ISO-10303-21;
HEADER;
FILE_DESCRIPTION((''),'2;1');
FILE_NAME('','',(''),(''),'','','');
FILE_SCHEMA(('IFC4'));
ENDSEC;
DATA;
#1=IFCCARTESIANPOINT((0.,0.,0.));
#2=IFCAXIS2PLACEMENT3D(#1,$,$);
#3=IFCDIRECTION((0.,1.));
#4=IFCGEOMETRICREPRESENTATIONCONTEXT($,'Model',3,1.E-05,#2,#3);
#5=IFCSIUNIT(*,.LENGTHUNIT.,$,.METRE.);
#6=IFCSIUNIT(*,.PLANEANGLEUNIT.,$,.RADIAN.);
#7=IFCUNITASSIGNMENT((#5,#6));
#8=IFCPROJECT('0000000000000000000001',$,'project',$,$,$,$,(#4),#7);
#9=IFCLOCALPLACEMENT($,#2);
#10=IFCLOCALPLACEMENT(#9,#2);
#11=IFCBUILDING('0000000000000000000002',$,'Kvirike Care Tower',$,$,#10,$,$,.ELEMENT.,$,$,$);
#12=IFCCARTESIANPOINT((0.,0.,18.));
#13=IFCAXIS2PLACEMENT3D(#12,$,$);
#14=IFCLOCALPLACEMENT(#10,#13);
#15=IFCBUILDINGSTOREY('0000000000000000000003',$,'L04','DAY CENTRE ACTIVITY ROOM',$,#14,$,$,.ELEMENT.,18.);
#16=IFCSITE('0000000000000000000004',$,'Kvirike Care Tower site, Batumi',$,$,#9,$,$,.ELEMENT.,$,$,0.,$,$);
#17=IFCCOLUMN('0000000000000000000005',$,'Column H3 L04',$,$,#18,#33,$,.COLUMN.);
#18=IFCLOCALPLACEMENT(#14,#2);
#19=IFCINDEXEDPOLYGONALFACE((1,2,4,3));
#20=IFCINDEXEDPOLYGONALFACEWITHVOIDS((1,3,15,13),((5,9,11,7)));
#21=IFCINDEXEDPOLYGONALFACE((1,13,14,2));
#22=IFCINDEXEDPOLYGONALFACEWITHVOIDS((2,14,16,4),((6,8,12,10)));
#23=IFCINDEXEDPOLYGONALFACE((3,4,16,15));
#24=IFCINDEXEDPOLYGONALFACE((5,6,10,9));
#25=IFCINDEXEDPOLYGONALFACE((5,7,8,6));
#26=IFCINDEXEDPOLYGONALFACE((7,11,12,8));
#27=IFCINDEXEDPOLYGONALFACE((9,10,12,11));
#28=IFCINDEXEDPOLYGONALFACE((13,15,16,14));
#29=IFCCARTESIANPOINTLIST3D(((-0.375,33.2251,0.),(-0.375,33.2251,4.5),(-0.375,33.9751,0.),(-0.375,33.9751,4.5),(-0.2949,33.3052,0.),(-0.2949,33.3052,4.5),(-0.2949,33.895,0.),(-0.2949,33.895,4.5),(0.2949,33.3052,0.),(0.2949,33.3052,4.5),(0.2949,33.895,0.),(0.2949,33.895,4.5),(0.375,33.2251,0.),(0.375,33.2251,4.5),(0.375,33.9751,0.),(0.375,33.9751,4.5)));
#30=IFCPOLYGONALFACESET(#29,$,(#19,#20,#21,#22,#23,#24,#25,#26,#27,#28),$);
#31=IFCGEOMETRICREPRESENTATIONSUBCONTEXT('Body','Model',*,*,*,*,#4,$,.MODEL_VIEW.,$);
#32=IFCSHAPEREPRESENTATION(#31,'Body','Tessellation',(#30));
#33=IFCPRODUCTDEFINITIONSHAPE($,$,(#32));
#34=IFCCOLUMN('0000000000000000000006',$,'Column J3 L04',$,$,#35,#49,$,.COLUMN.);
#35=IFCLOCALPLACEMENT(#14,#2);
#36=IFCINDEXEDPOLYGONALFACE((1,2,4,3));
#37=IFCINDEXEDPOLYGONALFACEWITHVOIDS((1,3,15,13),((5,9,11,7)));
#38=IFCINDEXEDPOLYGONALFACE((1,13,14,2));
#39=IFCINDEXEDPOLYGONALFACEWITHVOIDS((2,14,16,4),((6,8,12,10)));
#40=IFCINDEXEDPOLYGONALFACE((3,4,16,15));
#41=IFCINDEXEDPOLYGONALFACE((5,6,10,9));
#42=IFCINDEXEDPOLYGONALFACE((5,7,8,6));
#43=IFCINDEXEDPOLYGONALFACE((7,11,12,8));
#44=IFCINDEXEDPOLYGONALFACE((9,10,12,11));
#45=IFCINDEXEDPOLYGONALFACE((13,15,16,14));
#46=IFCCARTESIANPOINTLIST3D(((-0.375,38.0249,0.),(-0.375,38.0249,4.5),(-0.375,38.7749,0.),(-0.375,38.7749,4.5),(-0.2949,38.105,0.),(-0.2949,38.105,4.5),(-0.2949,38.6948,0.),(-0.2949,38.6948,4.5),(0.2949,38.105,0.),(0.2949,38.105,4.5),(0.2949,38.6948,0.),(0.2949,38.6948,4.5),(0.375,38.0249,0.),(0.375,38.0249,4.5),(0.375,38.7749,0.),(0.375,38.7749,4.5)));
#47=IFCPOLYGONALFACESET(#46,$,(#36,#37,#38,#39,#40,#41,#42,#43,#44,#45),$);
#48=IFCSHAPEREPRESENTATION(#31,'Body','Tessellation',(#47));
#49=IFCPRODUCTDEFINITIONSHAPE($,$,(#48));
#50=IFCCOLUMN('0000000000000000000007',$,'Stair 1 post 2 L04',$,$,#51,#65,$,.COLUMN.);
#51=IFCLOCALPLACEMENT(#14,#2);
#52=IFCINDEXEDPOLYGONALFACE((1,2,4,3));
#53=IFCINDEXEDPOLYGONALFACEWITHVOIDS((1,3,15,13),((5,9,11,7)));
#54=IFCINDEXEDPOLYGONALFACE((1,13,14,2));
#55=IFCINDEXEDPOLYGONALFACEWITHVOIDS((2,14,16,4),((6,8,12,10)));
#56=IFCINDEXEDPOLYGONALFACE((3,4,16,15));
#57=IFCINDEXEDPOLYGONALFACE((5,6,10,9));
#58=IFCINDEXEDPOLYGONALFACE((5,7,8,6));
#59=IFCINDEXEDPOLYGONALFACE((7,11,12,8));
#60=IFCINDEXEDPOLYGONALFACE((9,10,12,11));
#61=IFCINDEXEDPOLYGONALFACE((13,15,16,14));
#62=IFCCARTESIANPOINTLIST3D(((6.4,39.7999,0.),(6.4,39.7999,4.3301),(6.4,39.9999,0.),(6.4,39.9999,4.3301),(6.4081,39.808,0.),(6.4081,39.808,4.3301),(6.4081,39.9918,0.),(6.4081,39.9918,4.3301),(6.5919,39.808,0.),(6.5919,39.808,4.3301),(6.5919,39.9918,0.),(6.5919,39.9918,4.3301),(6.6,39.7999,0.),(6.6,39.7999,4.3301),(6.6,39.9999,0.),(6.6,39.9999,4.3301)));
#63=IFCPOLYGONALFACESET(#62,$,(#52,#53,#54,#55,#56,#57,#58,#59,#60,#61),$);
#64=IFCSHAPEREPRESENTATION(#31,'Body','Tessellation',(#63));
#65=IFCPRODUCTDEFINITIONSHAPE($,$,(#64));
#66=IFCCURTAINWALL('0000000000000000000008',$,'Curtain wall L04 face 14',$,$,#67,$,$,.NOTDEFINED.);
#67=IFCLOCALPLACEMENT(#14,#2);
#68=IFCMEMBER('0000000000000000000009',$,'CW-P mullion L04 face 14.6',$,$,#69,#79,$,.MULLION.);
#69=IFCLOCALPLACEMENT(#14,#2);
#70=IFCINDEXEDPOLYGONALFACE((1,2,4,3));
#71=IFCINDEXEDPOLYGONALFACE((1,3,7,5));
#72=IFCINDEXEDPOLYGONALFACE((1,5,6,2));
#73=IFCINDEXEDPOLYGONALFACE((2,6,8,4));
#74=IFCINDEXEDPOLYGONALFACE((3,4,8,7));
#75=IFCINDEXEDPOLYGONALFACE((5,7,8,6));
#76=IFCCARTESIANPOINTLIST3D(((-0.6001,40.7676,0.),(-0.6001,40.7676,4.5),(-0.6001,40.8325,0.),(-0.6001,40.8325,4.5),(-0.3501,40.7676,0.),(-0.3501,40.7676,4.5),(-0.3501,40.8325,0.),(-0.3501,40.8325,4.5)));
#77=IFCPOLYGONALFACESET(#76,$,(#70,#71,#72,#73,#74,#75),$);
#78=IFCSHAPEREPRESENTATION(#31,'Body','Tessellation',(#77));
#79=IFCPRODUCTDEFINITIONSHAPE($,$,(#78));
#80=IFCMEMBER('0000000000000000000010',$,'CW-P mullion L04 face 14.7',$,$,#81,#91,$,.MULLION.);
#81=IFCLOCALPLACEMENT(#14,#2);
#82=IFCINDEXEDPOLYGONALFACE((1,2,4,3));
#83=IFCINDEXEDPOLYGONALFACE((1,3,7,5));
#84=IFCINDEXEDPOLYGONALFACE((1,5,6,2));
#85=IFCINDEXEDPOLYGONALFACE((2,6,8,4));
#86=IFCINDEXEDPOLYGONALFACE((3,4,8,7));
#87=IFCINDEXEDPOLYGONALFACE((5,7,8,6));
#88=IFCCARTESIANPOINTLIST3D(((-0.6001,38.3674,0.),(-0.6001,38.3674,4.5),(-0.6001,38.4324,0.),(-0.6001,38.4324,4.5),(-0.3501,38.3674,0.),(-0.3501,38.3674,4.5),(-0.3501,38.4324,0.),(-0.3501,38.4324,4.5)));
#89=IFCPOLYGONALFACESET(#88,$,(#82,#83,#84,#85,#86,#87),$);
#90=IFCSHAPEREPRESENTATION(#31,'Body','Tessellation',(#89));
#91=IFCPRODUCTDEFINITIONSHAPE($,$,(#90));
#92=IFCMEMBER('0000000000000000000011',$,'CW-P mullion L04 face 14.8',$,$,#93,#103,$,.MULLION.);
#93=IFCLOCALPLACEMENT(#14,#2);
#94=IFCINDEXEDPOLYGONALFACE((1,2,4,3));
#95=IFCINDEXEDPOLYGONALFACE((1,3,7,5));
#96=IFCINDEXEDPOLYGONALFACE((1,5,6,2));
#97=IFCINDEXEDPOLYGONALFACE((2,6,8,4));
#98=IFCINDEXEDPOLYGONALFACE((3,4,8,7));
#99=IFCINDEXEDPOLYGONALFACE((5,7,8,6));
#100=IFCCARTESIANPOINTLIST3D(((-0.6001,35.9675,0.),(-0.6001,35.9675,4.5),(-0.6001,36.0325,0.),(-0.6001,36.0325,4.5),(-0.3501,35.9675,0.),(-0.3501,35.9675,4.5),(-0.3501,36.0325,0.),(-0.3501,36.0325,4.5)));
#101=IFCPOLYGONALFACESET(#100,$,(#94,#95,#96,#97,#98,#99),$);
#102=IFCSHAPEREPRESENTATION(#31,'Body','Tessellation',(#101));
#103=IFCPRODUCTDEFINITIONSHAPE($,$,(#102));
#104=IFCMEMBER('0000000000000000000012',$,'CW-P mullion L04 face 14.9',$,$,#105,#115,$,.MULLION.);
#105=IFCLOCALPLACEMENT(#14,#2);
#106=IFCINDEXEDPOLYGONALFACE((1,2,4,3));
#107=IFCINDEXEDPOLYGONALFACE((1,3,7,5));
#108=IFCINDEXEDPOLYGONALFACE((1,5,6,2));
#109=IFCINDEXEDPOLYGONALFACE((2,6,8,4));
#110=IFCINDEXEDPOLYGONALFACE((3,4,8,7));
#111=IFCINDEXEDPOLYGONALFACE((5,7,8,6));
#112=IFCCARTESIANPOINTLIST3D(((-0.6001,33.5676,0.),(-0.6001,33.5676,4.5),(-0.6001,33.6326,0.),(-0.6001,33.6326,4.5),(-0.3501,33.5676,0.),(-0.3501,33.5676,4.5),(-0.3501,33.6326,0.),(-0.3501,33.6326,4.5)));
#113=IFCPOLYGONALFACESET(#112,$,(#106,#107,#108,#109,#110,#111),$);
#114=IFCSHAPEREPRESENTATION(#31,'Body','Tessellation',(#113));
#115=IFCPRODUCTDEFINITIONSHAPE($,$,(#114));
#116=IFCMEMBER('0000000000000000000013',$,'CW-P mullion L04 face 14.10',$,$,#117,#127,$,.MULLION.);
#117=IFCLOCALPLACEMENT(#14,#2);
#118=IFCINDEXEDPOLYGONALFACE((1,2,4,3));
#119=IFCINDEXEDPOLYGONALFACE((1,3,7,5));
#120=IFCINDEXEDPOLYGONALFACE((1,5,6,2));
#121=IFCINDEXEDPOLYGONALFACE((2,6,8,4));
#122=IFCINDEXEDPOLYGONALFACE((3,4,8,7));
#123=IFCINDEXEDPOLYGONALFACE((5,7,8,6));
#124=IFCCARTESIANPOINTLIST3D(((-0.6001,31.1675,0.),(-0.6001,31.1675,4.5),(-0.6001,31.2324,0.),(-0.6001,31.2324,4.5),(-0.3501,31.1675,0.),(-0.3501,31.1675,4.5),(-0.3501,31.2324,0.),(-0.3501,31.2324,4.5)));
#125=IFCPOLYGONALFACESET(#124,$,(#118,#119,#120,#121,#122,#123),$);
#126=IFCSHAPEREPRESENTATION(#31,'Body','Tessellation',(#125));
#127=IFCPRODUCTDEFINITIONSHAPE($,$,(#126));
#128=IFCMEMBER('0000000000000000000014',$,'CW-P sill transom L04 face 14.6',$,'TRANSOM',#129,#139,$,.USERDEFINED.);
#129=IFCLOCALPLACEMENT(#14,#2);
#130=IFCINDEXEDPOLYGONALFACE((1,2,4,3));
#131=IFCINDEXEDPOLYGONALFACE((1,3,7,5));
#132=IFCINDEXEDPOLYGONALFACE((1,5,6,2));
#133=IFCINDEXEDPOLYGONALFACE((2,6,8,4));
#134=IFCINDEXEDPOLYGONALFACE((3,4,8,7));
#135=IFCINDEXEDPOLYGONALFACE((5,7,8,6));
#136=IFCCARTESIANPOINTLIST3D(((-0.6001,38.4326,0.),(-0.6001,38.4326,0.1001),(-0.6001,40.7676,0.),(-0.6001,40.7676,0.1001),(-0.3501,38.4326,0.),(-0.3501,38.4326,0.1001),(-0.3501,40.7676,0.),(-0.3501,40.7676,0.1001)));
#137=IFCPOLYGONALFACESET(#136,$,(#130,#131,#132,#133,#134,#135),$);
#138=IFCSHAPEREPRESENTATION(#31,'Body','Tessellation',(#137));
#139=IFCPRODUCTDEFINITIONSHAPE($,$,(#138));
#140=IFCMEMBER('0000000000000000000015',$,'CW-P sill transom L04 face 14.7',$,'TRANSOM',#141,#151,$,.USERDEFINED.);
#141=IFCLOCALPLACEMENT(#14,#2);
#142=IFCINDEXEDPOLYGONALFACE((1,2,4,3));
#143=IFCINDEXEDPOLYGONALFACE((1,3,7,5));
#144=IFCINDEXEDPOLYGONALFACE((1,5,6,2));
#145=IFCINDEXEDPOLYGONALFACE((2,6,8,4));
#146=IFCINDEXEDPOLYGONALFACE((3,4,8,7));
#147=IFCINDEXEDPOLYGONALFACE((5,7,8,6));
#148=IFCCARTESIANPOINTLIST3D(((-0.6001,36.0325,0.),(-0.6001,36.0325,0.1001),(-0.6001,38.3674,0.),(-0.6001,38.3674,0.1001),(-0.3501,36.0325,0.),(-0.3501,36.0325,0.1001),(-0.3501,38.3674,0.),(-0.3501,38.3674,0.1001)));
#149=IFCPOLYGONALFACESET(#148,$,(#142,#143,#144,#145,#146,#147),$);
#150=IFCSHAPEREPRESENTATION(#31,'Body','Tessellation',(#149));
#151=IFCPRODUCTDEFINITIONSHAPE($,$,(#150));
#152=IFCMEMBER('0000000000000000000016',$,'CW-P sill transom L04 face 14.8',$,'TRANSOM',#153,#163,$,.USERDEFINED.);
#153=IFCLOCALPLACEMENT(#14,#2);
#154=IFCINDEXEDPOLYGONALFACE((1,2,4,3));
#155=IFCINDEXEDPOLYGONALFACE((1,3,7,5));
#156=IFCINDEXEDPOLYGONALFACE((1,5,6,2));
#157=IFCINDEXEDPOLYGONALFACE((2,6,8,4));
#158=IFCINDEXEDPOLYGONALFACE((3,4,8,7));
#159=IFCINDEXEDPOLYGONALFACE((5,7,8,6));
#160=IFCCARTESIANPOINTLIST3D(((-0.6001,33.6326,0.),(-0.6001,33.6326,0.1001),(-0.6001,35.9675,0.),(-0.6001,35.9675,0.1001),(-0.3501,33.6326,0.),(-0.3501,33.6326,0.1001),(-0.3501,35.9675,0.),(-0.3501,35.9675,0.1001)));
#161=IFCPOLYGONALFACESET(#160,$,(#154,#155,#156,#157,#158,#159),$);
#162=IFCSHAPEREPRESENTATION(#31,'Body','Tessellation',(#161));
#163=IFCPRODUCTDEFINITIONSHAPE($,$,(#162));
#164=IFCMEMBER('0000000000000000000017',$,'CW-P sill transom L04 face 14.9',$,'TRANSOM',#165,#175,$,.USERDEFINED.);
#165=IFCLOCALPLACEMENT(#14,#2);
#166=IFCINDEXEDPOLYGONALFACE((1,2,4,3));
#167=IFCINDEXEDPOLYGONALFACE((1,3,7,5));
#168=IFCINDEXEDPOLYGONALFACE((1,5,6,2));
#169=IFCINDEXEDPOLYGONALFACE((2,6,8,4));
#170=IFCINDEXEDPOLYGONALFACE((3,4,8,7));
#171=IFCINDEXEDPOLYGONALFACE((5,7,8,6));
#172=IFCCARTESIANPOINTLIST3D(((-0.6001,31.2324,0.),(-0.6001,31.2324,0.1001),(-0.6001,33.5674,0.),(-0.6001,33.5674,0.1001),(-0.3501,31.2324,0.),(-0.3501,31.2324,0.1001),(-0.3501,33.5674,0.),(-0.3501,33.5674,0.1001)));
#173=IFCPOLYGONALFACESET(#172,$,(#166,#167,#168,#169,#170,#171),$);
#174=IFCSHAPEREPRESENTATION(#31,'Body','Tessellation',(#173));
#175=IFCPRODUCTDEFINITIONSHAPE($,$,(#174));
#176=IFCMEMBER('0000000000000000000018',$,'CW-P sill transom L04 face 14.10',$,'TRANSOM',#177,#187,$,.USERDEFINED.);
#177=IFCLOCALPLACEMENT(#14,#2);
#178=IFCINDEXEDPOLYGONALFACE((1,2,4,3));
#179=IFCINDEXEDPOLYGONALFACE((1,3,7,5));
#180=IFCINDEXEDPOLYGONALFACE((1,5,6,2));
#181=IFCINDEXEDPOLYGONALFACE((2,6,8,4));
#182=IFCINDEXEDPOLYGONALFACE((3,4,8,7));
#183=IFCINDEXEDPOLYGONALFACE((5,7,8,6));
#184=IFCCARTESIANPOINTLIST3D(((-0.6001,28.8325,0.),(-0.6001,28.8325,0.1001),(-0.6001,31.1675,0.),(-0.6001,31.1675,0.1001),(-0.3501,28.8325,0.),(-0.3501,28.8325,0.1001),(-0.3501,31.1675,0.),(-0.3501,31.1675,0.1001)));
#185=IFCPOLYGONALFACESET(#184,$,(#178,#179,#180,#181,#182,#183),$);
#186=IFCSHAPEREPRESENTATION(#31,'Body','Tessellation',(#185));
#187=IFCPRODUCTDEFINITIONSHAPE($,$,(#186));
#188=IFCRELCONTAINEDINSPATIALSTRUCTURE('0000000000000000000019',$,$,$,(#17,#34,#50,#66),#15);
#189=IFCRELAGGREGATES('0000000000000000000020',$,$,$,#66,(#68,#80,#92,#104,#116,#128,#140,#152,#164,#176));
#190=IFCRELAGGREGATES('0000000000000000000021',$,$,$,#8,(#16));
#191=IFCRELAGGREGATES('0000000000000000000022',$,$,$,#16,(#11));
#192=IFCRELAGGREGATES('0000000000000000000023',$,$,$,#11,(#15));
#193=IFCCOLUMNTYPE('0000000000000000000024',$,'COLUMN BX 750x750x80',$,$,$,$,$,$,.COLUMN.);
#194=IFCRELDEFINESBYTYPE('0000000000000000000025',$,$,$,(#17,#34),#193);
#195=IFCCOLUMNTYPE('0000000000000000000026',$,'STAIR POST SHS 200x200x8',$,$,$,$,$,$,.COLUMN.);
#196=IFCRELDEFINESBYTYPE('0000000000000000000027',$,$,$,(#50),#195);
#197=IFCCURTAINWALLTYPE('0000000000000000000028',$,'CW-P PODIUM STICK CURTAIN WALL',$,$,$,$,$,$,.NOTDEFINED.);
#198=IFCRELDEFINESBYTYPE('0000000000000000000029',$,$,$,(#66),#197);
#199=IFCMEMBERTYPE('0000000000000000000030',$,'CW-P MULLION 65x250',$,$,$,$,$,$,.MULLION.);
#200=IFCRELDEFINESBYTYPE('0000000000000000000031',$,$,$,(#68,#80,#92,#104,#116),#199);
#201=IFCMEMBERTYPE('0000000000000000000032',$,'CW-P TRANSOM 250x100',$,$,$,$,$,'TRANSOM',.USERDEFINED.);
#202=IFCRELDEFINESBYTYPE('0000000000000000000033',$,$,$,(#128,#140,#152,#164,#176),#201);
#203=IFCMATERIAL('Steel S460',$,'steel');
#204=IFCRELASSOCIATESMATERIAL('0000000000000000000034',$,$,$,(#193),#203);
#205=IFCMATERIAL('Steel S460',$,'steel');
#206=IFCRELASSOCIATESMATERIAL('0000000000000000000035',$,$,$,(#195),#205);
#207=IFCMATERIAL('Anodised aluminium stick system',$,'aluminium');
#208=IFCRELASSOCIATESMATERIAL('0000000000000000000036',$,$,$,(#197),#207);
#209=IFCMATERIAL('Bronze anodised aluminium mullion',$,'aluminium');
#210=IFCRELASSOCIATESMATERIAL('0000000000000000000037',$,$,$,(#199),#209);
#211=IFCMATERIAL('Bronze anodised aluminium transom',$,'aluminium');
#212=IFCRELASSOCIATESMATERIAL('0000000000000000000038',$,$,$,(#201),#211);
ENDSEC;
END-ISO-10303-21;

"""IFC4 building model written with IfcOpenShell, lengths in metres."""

from ifc_helpers import new_model, si_unit, direction, frame, origin, origin_2d, place, context, subcontext, project, spatial, rectangle, hollow_rectangle, extrude, material, material_profile, profile_set, type_object, element, aggregate, save


model = new_model("IFC4")

# Units and contexts
model_context = context("Model", 3, precision=1e-05, world=origin(), true_north=direction((0.0, 1.0)))
body_context = subcontext(model_context, "Body", "Model", "MODEL_VIEW")
ifc_project = project(units=[si_unit("LENGTHUNIT", "METRE"), si_unit("PLANEANGLEUNIT", "RADIAN")], contexts=[model_context])

# Site, building, storey
site_placement = place(None, origin())
site = spatial("IfcSite", under=ifc_project, at=site_placement, Name="Kvirike Care Tower site, Batumi", CompositionType="ELEMENT", RefElevation=0.0)
building_placement = place(site_placement, origin())
building = spatial("IfcBuilding", under=site, at=building_placement, Name="Kvirike Care Tower", CompositionType="ELEMENT")
storey_placement = place(building_placement, frame((0.0, 0.0, 18.0)))
storey = spatial("IfcBuildingStorey", under=building, at=storey_placement, Name="L04", Description="DAY CENTRE ACTIVITY ROOM", CompositionType="ELEMENT", Elevation=18.0)

# Columns
ifc_material_1 = material(Name="Steel S460", Category="steel")
ifc_material_profile_1 = material_profile(ifc_material_1, hollow_rectangle(XDim=0.75, YDim=0.75, WallThickness=0.0801, at=origin_2d()), Name="BX 750x750x80")
ifc_profile_set_1 = profile_set([ifc_material_profile_1], Name="Steel S460")
column_type_1 = type_object("IfcColumnType", Name="COLUMN BX 750x750x80", PredefinedType="COLUMN", material=ifc_profile_set_1)
for number, where, z_axis, x_axis, name in (
    (1, (0.0, 33.6001, 0.0), (0.0, 0.0, 1.0), (1.0, 0.0, 0.0), "Column H3 L04"),
    (2, (0.0, 38.3999, 0.0), (0.0, 0.0, 1.0), (1.0, 0.0, 0.0), "Column J3 L04"),
):
    element("IfcColumn", number, at=place(storey_placement, frame(where, z_axis=z_axis, x_axis=x_axis)), inside=storey, type_object=column_type_1, Name=name, PredefinedType="COLUMN", context=body_context, shape_type="SweptSolid", body=[
        extrude(hollow_rectangle(XDim=0.75, YDim=0.75, WallThickness=0.0801, at=origin_2d()), origin(), (0.0, 0.0, 1.0), 4.5),
    ])
ifc_material_2 = material(Name="Steel S460", Category="steel")
ifc_material_profile_2 = material_profile(ifc_material_2, hollow_rectangle(XDim=0.2, YDim=0.2, WallThickness=0.0081, at=origin_2d()), Name="SHS 200x200x8")
ifc_profile_set_2 = profile_set([ifc_material_profile_2], Name="Steel S460")
column_type_2 = type_object("IfcColumnType", Name="STAIR POST SHS 200x200x8", PredefinedType="COLUMN", material=ifc_profile_set_2)
column_placement = place(storey_placement, frame((6.5, 39.8999, 0.0), z_axis=(0.0, 0.0, 1.0), x_axis=(1.0, 0.0, 0.0)))
element("IfcColumn", 3, at=column_placement, inside=storey, type_object=column_type_2, Name="Stair 1 post 2 L04", PredefinedType="COLUMN", context=body_context, shape_type="SweptSolid", body=[
    extrude(hollow_rectangle(XDim=0.2, YDim=0.2, WallThickness=0.0081, at=origin_2d()), origin(), (0.0, 0.0, 1.0), 4.3301),
])

# Curtain wall, members
ifc_material_3 = material(Name="Anodised aluminium stick system", Category="aluminium")
curtain_wall_type = type_object("IfcCurtainWallType", Name="CW-P PODIUM STICK CURTAIN WALL", PredefinedType="NOTDEFINED", material=ifc_material_3)
curtain_wall_placement = place(storey_placement, origin())
curtain_wall = element("IfcCurtainWall", 4, at=curtain_wall_placement, inside=storey, type_object=curtain_wall_type, Name="Curtain wall L04 face 14", PredefinedType="NOTDEFINED")
ifc_material_4 = material(Name="Bronze anodised aluminium mullion", Category="aluminium")
ifc_material_profile_3 = material_profile(ifc_material_4, rectangle(XDim=0.0649, YDim=0.25, at=origin_2d()), Name="CW-P MULLION 65x250")
ifc_profile_set_3 = profile_set([ifc_material_profile_3], Name="Bronze anodised aluminium mullion")
member_type_1 = type_object("IfcMemberType", Name="CW-P MULLION 65x250", PredefinedType="MULLION", material=ifc_profile_set_3)
member_1_placement = place(storey_placement, frame((-0.4751, 40.8, 0.0), z_axis=(0.0, 0.0, 1.0), x_axis=(0.0, -1.0, 0.0)))
member_1 = element("IfcMember", 5, at=member_1_placement, type_object=member_type_1, Name="CW-P mullion L04 face 14.6", PredefinedType="MULLION", context=body_context, shape_type="SweptSolid", body=[
    extrude(rectangle(XDim=0.0649, YDim=0.25, at=origin_2d()), origin(), (0.0, 0.0, 1.0), 4.5),
])
member_2_placement = place(storey_placement, frame((-0.4751, 38.3999, 0.0), z_axis=(0.0, 0.0, 1.0), x_axis=(0.0, -1.0, 0.0)))
member_2 = element("IfcMember", 6, at=member_2_placement, type_object=member_type_1, Name="CW-P mullion L04 face 14.7", PredefinedType="MULLION", context=body_context, shape_type="SweptSolid", body=[
    extrude(rectangle(XDim=0.0649, YDim=0.25, at=origin_2d()), origin(), (0.0, 0.0, 1.0), 4.5),
])
member_3_placement = place(storey_placement, frame((-0.4751, 36.0, 0.0), z_axis=(0.0, 0.0, 1.0), x_axis=(0.0, -1.0, 0.0)))
member_3 = element("IfcMember", 7, at=member_3_placement, type_object=member_type_1, Name="CW-P mullion L04 face 14.8", PredefinedType="MULLION", context=body_context, shape_type="SweptSolid", body=[
    extrude(rectangle(XDim=0.0649, YDim=0.25, at=origin_2d()), origin(), (0.0, 0.0, 1.0), 4.5),
])
member_4_placement = place(storey_placement, frame((-0.4751, 33.6001, 0.0), z_axis=(0.0, 0.0, 1.0), x_axis=(0.0, -1.0, 0.0)))
member_4 = element("IfcMember", 8, at=member_4_placement, type_object=member_type_1, Name="CW-P mullion L04 face 14.9", PredefinedType="MULLION", context=body_context, shape_type="SweptSolid", body=[
    extrude(rectangle(XDim=0.0649, YDim=0.25, at=origin_2d()), origin(), (0.0, 0.0, 1.0), 4.5),
])
member_5_placement = place(storey_placement, frame((-0.4751, 31.2, 0.0), z_axis=(0.0, 0.0, 1.0), x_axis=(0.0, -1.0, 0.0)))
member_5 = element("IfcMember", 9, at=member_5_placement, type_object=member_type_1, Name="CW-P mullion L04 face 14.10", PredefinedType="MULLION", context=body_context, shape_type="SweptSolid", body=[
    extrude(rectangle(XDim=0.0649, YDim=0.25, at=origin_2d()), origin(), (0.0, 0.0, 1.0), 4.5),
])
ifc_material_5 = material(Name="Bronze anodised aluminium transom", Category="aluminium")
ifc_material_profile_4 = material_profile(ifc_material_5, rectangle(XDim=0.25, YDim=0.1001, at=origin_2d()), Name="CW-P TRANSOM 250x100")
ifc_profile_set_4 = profile_set([ifc_material_profile_4], Name="Bronze anodised aluminium transom")
member_type_2 = type_object("IfcMemberType", Name="CW-P TRANSOM 250x100", ElementType="TRANSOM", PredefinedType="USERDEFINED", material=ifc_profile_set_4)
member_6_placement = place(storey_placement, frame((-0.4751, 40.7676, 0.05), z_axis=(0.0, -1.0, 0.0), x_axis=(1.0, 0.0, 0.0)))
member_6 = element("IfcMember", 10, at=member_6_placement, type_object=member_type_2, Name="CW-P sill transom L04 face 14.6", ObjectType="TRANSOM", PredefinedType="USERDEFINED", context=body_context, shape_type="SweptSolid", body=[
    extrude(rectangle(XDim=0.25, YDim=0.1001, at=origin_2d()), origin(), (0.0, 0.0, 1.0), 2.335),
])
member_7_placement = place(storey_placement, frame((-0.4751, 38.3674, 0.05), z_axis=(0.0, -1.0, 0.0), x_axis=(1.0, 0.0, 0.0)))
member_7 = element("IfcMember", 11, at=member_7_placement, type_object=member_type_2, Name="CW-P sill transom L04 face 14.7", ObjectType="TRANSOM", PredefinedType="USERDEFINED", context=body_context, shape_type="SweptSolid", body=[
    extrude(rectangle(XDim=0.25, YDim=0.1001, at=origin_2d()), origin(), (0.0, 0.0, 1.0), 2.335),
])
member_8_placement = place(storey_placement, frame((-0.4751, 35.9675, 0.05), z_axis=(0.0, -1.0, 0.0), x_axis=(1.0, 0.0, 0.0)))
member_8 = element("IfcMember", 12, at=member_8_placement, type_object=member_type_2, Name="CW-P sill transom L04 face 14.8", ObjectType="TRANSOM", PredefinedType="USERDEFINED", context=body_context, shape_type="SweptSolid", body=[
    extrude(rectangle(XDim=0.25, YDim=0.1001, at=origin_2d()), origin(), (0.0, 0.0, 1.0), 2.335),
])
member_9_placement = place(storey_placement, frame((-0.4751, 33.5674, 0.05), z_axis=(0.0, -1.0, 0.0), x_axis=(1.0, 0.0, 0.0)))
member_9 = element("IfcMember", 13, at=member_9_placement, type_object=member_type_2, Name="CW-P sill transom L04 face 14.9", ObjectType="TRANSOM", PredefinedType="USERDEFINED", context=body_context, shape_type="SweptSolid", body=[
    extrude(rectangle(XDim=0.25, YDim=0.1001, at=origin_2d()), origin(), (0.0, 0.0, 1.0), 2.335),
])
member_10_placement = place(storey_placement, frame((-0.4751, 31.1675, 0.05), z_axis=(0.0, -1.0, 0.0), x_axis=(1.0, 0.0, 0.0)))
member_10 = element("IfcMember", 14, at=member_10_placement, type_object=member_type_2, Name="CW-P sill transom L04 face 14.10", ObjectType="TRANSOM", PredefinedType="USERDEFINED", context=body_context, shape_type="SweptSolid", body=[
    extrude(rectangle(XDim=0.25, YDim=0.1001, at=origin_2d()), origin(), (0.0, 0.0, 1.0), 2.335),
])

aggregate(curtain_wall, [member_1, member_2, member_3, member_4, member_5, member_6, member_7, member_8, member_9, member_10])

save(model, "model.ifc")
